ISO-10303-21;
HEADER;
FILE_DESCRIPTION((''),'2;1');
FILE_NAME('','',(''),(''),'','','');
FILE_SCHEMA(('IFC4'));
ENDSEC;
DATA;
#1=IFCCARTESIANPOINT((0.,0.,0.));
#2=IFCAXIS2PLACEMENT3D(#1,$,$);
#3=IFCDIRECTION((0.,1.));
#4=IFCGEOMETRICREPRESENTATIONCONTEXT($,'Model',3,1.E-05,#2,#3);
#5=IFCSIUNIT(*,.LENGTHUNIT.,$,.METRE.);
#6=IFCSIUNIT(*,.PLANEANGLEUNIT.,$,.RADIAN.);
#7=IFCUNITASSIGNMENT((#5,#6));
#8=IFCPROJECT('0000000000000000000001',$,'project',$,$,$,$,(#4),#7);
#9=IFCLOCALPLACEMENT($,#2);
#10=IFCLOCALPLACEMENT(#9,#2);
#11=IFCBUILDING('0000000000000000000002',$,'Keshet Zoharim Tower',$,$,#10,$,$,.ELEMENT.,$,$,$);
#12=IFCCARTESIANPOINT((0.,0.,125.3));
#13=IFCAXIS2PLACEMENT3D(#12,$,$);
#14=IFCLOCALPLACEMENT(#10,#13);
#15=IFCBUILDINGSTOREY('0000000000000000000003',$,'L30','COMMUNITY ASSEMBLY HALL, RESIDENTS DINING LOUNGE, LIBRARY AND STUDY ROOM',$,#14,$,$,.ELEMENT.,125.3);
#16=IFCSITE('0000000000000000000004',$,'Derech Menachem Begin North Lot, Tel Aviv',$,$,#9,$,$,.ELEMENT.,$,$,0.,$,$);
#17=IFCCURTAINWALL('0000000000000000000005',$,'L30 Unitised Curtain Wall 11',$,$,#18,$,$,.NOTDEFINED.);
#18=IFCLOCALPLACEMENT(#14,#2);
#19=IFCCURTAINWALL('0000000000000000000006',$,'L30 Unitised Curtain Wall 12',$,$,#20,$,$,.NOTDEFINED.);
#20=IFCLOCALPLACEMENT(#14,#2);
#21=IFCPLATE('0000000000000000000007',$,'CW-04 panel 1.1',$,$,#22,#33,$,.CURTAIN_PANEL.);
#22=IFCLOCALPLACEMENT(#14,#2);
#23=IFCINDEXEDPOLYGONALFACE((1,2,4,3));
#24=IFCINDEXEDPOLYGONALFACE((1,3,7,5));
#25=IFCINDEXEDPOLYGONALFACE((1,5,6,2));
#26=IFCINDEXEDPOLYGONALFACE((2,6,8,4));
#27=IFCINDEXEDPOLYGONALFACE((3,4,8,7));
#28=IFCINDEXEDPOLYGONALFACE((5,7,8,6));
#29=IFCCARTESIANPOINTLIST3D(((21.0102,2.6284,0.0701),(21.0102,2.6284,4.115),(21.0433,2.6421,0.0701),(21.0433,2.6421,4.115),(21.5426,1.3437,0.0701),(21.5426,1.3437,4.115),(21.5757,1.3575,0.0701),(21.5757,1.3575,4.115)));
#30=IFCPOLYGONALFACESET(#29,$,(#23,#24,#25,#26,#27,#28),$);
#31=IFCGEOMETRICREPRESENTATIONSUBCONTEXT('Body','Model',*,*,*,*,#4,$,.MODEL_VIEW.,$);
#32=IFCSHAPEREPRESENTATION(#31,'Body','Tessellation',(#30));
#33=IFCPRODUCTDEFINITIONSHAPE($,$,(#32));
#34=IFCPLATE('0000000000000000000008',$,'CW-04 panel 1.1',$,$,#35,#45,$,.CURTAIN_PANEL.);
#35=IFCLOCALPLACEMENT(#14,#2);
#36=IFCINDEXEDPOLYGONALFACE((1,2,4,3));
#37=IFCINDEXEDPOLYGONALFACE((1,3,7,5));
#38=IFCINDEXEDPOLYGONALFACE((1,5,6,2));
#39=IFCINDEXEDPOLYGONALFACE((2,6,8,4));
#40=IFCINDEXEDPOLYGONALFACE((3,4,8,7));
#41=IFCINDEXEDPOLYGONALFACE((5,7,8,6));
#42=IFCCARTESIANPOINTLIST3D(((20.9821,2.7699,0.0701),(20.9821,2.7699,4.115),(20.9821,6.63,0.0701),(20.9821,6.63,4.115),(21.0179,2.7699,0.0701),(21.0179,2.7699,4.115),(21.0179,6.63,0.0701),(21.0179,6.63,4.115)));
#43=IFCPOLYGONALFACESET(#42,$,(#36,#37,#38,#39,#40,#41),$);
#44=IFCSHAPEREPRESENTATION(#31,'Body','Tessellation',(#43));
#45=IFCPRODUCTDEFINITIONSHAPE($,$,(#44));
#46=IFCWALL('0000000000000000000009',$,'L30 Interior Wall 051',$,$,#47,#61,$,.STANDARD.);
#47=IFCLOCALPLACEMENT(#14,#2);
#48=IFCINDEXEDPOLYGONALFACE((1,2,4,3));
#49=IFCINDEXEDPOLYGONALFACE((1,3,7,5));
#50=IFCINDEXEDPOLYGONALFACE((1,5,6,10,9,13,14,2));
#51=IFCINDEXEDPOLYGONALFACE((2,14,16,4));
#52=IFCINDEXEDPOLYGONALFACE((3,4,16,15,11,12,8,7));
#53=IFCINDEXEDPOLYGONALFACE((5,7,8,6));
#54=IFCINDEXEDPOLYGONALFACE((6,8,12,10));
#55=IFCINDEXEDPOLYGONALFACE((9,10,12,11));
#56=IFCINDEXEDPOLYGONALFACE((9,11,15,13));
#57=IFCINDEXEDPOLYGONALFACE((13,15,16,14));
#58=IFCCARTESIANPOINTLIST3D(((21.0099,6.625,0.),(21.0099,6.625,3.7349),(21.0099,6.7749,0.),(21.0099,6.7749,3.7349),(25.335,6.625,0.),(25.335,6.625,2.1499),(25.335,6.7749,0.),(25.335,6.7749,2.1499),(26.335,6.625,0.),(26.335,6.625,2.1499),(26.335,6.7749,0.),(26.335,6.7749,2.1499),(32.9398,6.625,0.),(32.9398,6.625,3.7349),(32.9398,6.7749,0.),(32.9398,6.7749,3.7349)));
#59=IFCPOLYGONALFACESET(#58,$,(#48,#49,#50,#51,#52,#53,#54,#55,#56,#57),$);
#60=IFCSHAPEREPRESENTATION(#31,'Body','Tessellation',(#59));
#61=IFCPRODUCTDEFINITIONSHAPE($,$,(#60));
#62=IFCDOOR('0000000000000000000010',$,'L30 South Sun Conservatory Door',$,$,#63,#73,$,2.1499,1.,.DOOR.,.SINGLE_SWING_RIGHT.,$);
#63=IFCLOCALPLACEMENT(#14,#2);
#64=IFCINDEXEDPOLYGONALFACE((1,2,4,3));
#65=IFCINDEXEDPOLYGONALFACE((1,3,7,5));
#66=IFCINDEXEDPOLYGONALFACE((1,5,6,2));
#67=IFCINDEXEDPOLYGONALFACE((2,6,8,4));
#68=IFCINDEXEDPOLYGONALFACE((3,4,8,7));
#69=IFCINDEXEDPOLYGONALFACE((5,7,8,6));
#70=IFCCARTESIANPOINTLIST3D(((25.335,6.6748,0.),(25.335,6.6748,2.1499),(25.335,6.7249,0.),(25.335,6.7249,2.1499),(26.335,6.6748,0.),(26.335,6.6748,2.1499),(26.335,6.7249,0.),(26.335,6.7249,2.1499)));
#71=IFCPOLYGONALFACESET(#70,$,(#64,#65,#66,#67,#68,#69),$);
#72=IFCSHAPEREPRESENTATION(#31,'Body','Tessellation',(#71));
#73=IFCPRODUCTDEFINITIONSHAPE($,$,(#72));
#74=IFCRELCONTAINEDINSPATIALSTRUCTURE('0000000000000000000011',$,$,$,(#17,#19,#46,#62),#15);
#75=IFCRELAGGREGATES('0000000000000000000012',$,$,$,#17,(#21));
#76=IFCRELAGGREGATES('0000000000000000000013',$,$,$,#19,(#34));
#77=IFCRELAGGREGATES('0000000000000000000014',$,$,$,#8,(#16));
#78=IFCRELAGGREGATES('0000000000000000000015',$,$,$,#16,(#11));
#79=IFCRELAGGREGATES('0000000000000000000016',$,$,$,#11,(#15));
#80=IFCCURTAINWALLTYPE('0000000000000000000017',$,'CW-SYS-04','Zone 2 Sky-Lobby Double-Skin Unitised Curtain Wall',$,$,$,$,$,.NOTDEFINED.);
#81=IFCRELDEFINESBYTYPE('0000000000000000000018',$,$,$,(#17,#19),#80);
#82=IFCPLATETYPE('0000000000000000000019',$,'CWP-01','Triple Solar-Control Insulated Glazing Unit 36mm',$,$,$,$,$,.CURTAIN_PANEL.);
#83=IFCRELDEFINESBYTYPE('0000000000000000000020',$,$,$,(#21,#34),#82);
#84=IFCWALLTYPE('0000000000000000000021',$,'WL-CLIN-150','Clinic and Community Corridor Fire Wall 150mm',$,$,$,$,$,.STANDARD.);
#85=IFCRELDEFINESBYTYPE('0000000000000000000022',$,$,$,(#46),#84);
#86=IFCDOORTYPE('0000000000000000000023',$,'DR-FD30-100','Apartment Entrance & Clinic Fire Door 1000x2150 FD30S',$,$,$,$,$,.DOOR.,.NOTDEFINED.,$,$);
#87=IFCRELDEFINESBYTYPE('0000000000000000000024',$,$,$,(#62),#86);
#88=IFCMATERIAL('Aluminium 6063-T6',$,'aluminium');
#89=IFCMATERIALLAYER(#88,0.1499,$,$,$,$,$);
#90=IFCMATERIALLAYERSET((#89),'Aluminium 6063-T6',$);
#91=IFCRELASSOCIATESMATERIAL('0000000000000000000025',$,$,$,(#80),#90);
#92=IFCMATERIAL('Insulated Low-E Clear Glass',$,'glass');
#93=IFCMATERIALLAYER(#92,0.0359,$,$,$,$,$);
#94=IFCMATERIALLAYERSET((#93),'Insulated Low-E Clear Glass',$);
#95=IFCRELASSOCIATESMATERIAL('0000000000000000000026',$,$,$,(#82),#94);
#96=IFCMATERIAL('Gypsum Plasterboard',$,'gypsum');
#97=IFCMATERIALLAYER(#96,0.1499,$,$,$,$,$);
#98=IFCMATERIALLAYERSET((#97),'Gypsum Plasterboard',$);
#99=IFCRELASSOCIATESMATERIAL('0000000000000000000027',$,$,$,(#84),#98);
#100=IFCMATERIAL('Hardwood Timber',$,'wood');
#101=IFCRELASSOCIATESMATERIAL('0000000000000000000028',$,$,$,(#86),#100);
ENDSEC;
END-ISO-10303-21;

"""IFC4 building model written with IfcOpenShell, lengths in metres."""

from ifc_helpers import new_model, si_unit, direction, frame, frame_2d, origin, origin_2d, place, context, subcontext, project, spatial, rectangle, extrude, material, layer, layer_set, type_object, element, fill, aggregate, save


model = new_model("IFC4")

# Units and contexts
model_context = context("Model", 3, precision=1e-05, world=origin(), true_north=direction((0.0, 1.0)))
body_context = subcontext(model_context, "Body", "Model", "MODEL_VIEW")
ifc_project = project(units=[si_unit("LENGTHUNIT", "METRE"), si_unit("PLANEANGLEUNIT", "RADIAN")], contexts=[model_context])

# Site, building, storey
site_placement = place(None, origin())
site = spatial("IfcSite", under=ifc_project, at=site_placement, Name="Derech Menachem Begin North Lot, Tel Aviv", CompositionType="ELEMENT", RefElevation=0.0)
building_placement = place(site_placement, origin())
building = spatial("IfcBuilding", under=site, at=building_placement, Name="Keshet Zoharim Tower", CompositionType="ELEMENT")
storey_placement = place(building_placement, frame((0.0, 0.0, 125.3)))
storey = spatial("IfcBuildingStorey", under=building, at=storey_placement, Name="L30", Description="COMMUNITY ASSEMBLY HALL, RESIDENTS DINING LOUNGE, LIBRARY AND STUDY ROOM", CompositionType="ELEMENT", Elevation=125.3)

# Shared definitions
ifc_material_1 = material(Name="Aluminium 6063-T6", Category="aluminium")
ifc_layer_1 = layer(ifc_material_1, 0.1499)
ifc_layer_set_1 = layer_set([ifc_layer_1], Name="Aluminium 6063-T6")
curtain_wall_type = type_object("IfcCurtainWallType", Name="CW-SYS-04", Description="Zone 2 Sky-Lobby Double-Skin Unitised Curtain Wall", PredefinedType="NOTDEFINED", material=ifc_layer_set_1)

# Curtain walls
curtain_wall_1_placement = place(storey_placement, origin())
curtain_wall_1 = element("IfcCurtainWall", 1, at=curtain_wall_1_placement, inside=storey, type_object=curtain_wall_type, Name="L30 Unitised Curtain Wall 11", PredefinedType="NOTDEFINED")
curtain_wall_2_placement = place(storey_placement, origin())
curtain_wall_2 = element("IfcCurtainWall", 2, at=curtain_wall_2_placement, inside=storey, type_object=curtain_wall_type, Name="L30 Unitised Curtain Wall 12", PredefinedType="NOTDEFINED")

# Plates
ifc_material_2 = material(Name="Insulated Low-E Clear Glass", Category="glass")
ifc_layer_2 = layer(ifc_material_2, 0.0359)
ifc_layer_set_2 = layer_set([ifc_layer_2], Name="Insulated Low-E Clear Glass")
plate_type = type_object("IfcPlateType", Name="CWP-01", Description="Triple Solar-Control Insulated Glazing Unit 36mm", PredefinedType="CURTAIN_PANEL", material=ifc_layer_set_2)
plate_1_placement = place(storey_placement, frame((21.293, 1.9929, 0.0701), z_axis=(0.0, 0.0, 1.0), x_axis=(-0.382852, 0.92381, 0.0)))
plate_1 = element("IfcPlate", 3, at=plate_1_placement, type_object=plate_type, Name="CW-04 panel 1.1", PredefinedType="CURTAIN_PANEL", context=body_context, shape_type="SweptSolid", body=[
    extrude(rectangle(XDim=1.3906, YDim=0.0359, at=origin_2d()), origin(), (0.0, 0.0, 1.0), 4.0449),
])
aggregate(curtain_wall_1, [plate_1])
plate_2_placement = place(storey_placement, frame((21.0, 4.7, 0.0701), z_axis=(0.0, 0.0, 1.0), x_axis=(0.0, 1.0, 0.0)))
plate_2 = element("IfcPlate", 4, at=plate_2_placement, type_object=plate_type, Name="CW-04 panel 1.1", PredefinedType="CURTAIN_PANEL", context=body_context, shape_type="SweptSolid", body=[
    extrude(rectangle(XDim=3.8601, YDim=0.0359, at=origin_2d()), origin(), (0.0, 0.0, 1.0), 4.0449),
])
aggregate(curtain_wall_2, [plate_2])

# Wall, opening, door
ifc_material_3 = material(Name="Gypsum Plasterboard", Category="gypsum")
ifc_layer_3 = layer(ifc_material_3, 0.1499)
ifc_layer_set_3 = layer_set([ifc_layer_3], Name="Gypsum Plasterboard")
wall_type = type_object("IfcWallType", Name="WL-CLIN-150", Description="Clinic and Community Corridor Fire Wall 150mm", PredefinedType="STANDARD", material=ifc_layer_set_3)
wall_placement = place(storey_placement, frame((21.01, 6.7, 0.0), z_axis=(0.0, 0.0, 1.0), x_axis=(1.0, 0.0, 0.0)))
wall = element("IfcWall", 5, at=wall_placement, inside=storey, type_object=wall_type, Name="L30 Interior Wall 051", PredefinedType="STANDARD", context=body_context, shape_type="SweptSolid", body=[
    extrude(rectangle(XDim=11.9299, YDim=0.1499, at=frame_2d((5.9648, 0.0))), origin(), (0.0, 0.0, 1.0), 3.7349),
])
opening_placement = place(wall_placement, frame((4.325, 0.0, 0.0)))
opening = element("IfcOpeningElement", 6, at=opening_placement, cuts=wall, PredefinedType="OPENING", context=body_context, shape_type="SweptSolid", body=[
    extrude(rectangle(XDim=1.0, YDim=2.1499, at=frame_2d((0.5, 1.075))), frame((0.0, 0.085, 0.0), z_axis=(0.0, -1.0, 0.0), x_axis=(1.0, 0.0, 0.0)), (0.0, 0.0, 1.0), 0.1699),
])
ifc_material_4 = material(Name="Hardwood Timber", Category="wood")
door_type = type_object("IfcDoorType", Name="DR-FD30-100", Description="Apartment Entrance & Clinic Fire Door 1000x2150 FD30S", OperationType="NOTDEFINED", PredefinedType="DOOR", material=ifc_material_4)
door_placement = place(opening_placement, origin())
door = element("IfcDoor", 7, at=door_placement, inside=storey, type_object=door_type, Name="L30 South Sun Conservatory Door", OperationType="SINGLE_SWING_RIGHT", OverallHeight=2.1499, OverallWidth=1.0, PredefinedType="DOOR", context=body_context, shape_type="SweptSolid", body=[
    extrude(rectangle(XDim=1.0, YDim=2.1499, at=frame_2d((0.5, 1.075))), frame((0.0, 0.0249, 0.0), z_axis=(0.0, -1.0, 0.0), x_axis=(1.0, 0.0, 0.0)), (0.0, 0.0, 1.0), 0.05),
])
fill(opening, door)

save(model, "model.ifc")
